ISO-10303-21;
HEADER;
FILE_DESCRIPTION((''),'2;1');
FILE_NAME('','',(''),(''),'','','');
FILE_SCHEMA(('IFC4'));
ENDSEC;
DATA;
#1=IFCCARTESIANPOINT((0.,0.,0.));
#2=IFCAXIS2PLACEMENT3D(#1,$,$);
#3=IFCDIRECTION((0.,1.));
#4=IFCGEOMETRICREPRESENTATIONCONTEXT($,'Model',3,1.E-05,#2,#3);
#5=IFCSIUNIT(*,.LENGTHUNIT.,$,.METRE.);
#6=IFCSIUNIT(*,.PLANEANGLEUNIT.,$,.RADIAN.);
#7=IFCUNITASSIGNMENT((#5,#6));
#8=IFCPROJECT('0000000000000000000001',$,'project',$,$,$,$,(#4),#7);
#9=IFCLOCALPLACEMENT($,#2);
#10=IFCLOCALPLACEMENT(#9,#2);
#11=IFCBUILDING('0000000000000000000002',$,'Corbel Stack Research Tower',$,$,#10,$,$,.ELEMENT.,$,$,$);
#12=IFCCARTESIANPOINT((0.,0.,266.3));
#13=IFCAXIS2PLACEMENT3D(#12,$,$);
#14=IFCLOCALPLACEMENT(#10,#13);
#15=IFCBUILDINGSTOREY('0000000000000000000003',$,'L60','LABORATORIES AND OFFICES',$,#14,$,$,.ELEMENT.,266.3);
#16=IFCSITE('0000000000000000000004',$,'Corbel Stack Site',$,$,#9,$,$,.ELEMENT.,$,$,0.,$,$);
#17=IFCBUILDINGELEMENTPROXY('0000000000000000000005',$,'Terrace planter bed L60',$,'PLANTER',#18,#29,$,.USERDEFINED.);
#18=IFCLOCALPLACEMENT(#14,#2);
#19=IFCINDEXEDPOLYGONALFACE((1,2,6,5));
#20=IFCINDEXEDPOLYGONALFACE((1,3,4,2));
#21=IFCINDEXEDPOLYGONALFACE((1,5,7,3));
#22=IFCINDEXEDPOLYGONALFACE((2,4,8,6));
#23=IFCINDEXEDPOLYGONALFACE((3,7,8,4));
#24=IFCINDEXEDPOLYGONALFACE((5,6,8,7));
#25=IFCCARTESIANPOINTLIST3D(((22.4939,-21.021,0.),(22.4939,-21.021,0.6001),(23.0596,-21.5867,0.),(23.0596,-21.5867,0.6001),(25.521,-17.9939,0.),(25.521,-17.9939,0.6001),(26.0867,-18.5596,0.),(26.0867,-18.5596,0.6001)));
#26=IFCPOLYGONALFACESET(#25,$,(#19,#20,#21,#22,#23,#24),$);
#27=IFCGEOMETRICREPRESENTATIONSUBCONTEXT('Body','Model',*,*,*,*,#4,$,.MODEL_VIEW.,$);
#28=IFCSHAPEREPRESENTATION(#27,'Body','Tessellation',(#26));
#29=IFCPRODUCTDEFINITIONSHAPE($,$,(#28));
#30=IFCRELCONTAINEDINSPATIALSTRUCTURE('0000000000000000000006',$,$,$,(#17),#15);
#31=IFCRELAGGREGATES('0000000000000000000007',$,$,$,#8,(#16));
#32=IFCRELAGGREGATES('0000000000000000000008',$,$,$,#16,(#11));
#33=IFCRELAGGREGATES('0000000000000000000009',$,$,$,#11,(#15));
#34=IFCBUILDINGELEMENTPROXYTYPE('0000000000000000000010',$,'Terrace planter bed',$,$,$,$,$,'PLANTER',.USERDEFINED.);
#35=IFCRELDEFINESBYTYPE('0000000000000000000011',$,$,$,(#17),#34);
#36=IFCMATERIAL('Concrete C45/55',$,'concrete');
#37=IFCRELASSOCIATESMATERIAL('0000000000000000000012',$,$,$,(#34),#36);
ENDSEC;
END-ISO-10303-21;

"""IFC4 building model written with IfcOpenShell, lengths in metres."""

from ifc_helpers import new_model, si_unit, direction, frame, origin, origin_2d, place, context, subcontext, project, spatial, rectangle, extrude, material, type_object, element, save


model = new_model("IFC4")

# Units and contexts
model_context = context("Model", 3, precision=1e-05, world=origin(), true_north=direction((0.0, 1.0)))
body_context = subcontext(model_context, "Body", "Model", "MODEL_VIEW")
ifc_project = project(units=[si_unit("LENGTHUNIT", "METRE"), si_unit("PLANEANGLEUNIT", "RADIAN")], contexts=[model_context])

# Site, building, storey
site_placement = place(None, origin())
site = spatial("IfcSite", under=ifc_project, at=site_placement, Name="Corbel Stack Site", CompositionType="ELEMENT", RefElevation=0.0)
building_placement = place(site_placement, origin())
building = spatial("IfcBuilding", under=site, at=building_placement, Name="Corbel Stack Research Tower", CompositionType="ELEMENT")
storey_placement = place(building_placement, frame((0.0, 0.0, 266.3)))
storey = spatial("IfcBuildingStorey", under=building, at=storey_placement, Name="L60", Description="LABORATORIES AND OFFICES", CompositionType="ELEMENT", Elevation=266.3)

# Building element proxy
ifc_material_1 = material(Name="Concrete C45/55", Category="concrete")
building_element_proxy_type = type_object("IfcBuildingElementProxyType", Name="Terrace planter bed", ElementType="PLANTER", PredefinedType="USERDEFINED", material=ifc_material_1)
proxy_placement = place(storey_placement, frame((24.2903, -19.7903, 0.0), z_axis=(0.0, 0.0, 1.0), x_axis=(-0.707107, -0.707107, 0.0)))
element("IfcBuildingElementProxy", 1, at=proxy_placement, inside=storey, type_object=building_element_proxy_type, Name="Terrace planter bed L60", ObjectType="PLANTER", PredefinedType="USERDEFINED", context=body_context, shape_type="SweptSolid", body=[
    extrude(rectangle(XDim=4.281, YDim=0.8, at=origin_2d()), origin(), (0.0, 0.0, 1.0), 0.6001),
])

save(model, "model.ifc")
